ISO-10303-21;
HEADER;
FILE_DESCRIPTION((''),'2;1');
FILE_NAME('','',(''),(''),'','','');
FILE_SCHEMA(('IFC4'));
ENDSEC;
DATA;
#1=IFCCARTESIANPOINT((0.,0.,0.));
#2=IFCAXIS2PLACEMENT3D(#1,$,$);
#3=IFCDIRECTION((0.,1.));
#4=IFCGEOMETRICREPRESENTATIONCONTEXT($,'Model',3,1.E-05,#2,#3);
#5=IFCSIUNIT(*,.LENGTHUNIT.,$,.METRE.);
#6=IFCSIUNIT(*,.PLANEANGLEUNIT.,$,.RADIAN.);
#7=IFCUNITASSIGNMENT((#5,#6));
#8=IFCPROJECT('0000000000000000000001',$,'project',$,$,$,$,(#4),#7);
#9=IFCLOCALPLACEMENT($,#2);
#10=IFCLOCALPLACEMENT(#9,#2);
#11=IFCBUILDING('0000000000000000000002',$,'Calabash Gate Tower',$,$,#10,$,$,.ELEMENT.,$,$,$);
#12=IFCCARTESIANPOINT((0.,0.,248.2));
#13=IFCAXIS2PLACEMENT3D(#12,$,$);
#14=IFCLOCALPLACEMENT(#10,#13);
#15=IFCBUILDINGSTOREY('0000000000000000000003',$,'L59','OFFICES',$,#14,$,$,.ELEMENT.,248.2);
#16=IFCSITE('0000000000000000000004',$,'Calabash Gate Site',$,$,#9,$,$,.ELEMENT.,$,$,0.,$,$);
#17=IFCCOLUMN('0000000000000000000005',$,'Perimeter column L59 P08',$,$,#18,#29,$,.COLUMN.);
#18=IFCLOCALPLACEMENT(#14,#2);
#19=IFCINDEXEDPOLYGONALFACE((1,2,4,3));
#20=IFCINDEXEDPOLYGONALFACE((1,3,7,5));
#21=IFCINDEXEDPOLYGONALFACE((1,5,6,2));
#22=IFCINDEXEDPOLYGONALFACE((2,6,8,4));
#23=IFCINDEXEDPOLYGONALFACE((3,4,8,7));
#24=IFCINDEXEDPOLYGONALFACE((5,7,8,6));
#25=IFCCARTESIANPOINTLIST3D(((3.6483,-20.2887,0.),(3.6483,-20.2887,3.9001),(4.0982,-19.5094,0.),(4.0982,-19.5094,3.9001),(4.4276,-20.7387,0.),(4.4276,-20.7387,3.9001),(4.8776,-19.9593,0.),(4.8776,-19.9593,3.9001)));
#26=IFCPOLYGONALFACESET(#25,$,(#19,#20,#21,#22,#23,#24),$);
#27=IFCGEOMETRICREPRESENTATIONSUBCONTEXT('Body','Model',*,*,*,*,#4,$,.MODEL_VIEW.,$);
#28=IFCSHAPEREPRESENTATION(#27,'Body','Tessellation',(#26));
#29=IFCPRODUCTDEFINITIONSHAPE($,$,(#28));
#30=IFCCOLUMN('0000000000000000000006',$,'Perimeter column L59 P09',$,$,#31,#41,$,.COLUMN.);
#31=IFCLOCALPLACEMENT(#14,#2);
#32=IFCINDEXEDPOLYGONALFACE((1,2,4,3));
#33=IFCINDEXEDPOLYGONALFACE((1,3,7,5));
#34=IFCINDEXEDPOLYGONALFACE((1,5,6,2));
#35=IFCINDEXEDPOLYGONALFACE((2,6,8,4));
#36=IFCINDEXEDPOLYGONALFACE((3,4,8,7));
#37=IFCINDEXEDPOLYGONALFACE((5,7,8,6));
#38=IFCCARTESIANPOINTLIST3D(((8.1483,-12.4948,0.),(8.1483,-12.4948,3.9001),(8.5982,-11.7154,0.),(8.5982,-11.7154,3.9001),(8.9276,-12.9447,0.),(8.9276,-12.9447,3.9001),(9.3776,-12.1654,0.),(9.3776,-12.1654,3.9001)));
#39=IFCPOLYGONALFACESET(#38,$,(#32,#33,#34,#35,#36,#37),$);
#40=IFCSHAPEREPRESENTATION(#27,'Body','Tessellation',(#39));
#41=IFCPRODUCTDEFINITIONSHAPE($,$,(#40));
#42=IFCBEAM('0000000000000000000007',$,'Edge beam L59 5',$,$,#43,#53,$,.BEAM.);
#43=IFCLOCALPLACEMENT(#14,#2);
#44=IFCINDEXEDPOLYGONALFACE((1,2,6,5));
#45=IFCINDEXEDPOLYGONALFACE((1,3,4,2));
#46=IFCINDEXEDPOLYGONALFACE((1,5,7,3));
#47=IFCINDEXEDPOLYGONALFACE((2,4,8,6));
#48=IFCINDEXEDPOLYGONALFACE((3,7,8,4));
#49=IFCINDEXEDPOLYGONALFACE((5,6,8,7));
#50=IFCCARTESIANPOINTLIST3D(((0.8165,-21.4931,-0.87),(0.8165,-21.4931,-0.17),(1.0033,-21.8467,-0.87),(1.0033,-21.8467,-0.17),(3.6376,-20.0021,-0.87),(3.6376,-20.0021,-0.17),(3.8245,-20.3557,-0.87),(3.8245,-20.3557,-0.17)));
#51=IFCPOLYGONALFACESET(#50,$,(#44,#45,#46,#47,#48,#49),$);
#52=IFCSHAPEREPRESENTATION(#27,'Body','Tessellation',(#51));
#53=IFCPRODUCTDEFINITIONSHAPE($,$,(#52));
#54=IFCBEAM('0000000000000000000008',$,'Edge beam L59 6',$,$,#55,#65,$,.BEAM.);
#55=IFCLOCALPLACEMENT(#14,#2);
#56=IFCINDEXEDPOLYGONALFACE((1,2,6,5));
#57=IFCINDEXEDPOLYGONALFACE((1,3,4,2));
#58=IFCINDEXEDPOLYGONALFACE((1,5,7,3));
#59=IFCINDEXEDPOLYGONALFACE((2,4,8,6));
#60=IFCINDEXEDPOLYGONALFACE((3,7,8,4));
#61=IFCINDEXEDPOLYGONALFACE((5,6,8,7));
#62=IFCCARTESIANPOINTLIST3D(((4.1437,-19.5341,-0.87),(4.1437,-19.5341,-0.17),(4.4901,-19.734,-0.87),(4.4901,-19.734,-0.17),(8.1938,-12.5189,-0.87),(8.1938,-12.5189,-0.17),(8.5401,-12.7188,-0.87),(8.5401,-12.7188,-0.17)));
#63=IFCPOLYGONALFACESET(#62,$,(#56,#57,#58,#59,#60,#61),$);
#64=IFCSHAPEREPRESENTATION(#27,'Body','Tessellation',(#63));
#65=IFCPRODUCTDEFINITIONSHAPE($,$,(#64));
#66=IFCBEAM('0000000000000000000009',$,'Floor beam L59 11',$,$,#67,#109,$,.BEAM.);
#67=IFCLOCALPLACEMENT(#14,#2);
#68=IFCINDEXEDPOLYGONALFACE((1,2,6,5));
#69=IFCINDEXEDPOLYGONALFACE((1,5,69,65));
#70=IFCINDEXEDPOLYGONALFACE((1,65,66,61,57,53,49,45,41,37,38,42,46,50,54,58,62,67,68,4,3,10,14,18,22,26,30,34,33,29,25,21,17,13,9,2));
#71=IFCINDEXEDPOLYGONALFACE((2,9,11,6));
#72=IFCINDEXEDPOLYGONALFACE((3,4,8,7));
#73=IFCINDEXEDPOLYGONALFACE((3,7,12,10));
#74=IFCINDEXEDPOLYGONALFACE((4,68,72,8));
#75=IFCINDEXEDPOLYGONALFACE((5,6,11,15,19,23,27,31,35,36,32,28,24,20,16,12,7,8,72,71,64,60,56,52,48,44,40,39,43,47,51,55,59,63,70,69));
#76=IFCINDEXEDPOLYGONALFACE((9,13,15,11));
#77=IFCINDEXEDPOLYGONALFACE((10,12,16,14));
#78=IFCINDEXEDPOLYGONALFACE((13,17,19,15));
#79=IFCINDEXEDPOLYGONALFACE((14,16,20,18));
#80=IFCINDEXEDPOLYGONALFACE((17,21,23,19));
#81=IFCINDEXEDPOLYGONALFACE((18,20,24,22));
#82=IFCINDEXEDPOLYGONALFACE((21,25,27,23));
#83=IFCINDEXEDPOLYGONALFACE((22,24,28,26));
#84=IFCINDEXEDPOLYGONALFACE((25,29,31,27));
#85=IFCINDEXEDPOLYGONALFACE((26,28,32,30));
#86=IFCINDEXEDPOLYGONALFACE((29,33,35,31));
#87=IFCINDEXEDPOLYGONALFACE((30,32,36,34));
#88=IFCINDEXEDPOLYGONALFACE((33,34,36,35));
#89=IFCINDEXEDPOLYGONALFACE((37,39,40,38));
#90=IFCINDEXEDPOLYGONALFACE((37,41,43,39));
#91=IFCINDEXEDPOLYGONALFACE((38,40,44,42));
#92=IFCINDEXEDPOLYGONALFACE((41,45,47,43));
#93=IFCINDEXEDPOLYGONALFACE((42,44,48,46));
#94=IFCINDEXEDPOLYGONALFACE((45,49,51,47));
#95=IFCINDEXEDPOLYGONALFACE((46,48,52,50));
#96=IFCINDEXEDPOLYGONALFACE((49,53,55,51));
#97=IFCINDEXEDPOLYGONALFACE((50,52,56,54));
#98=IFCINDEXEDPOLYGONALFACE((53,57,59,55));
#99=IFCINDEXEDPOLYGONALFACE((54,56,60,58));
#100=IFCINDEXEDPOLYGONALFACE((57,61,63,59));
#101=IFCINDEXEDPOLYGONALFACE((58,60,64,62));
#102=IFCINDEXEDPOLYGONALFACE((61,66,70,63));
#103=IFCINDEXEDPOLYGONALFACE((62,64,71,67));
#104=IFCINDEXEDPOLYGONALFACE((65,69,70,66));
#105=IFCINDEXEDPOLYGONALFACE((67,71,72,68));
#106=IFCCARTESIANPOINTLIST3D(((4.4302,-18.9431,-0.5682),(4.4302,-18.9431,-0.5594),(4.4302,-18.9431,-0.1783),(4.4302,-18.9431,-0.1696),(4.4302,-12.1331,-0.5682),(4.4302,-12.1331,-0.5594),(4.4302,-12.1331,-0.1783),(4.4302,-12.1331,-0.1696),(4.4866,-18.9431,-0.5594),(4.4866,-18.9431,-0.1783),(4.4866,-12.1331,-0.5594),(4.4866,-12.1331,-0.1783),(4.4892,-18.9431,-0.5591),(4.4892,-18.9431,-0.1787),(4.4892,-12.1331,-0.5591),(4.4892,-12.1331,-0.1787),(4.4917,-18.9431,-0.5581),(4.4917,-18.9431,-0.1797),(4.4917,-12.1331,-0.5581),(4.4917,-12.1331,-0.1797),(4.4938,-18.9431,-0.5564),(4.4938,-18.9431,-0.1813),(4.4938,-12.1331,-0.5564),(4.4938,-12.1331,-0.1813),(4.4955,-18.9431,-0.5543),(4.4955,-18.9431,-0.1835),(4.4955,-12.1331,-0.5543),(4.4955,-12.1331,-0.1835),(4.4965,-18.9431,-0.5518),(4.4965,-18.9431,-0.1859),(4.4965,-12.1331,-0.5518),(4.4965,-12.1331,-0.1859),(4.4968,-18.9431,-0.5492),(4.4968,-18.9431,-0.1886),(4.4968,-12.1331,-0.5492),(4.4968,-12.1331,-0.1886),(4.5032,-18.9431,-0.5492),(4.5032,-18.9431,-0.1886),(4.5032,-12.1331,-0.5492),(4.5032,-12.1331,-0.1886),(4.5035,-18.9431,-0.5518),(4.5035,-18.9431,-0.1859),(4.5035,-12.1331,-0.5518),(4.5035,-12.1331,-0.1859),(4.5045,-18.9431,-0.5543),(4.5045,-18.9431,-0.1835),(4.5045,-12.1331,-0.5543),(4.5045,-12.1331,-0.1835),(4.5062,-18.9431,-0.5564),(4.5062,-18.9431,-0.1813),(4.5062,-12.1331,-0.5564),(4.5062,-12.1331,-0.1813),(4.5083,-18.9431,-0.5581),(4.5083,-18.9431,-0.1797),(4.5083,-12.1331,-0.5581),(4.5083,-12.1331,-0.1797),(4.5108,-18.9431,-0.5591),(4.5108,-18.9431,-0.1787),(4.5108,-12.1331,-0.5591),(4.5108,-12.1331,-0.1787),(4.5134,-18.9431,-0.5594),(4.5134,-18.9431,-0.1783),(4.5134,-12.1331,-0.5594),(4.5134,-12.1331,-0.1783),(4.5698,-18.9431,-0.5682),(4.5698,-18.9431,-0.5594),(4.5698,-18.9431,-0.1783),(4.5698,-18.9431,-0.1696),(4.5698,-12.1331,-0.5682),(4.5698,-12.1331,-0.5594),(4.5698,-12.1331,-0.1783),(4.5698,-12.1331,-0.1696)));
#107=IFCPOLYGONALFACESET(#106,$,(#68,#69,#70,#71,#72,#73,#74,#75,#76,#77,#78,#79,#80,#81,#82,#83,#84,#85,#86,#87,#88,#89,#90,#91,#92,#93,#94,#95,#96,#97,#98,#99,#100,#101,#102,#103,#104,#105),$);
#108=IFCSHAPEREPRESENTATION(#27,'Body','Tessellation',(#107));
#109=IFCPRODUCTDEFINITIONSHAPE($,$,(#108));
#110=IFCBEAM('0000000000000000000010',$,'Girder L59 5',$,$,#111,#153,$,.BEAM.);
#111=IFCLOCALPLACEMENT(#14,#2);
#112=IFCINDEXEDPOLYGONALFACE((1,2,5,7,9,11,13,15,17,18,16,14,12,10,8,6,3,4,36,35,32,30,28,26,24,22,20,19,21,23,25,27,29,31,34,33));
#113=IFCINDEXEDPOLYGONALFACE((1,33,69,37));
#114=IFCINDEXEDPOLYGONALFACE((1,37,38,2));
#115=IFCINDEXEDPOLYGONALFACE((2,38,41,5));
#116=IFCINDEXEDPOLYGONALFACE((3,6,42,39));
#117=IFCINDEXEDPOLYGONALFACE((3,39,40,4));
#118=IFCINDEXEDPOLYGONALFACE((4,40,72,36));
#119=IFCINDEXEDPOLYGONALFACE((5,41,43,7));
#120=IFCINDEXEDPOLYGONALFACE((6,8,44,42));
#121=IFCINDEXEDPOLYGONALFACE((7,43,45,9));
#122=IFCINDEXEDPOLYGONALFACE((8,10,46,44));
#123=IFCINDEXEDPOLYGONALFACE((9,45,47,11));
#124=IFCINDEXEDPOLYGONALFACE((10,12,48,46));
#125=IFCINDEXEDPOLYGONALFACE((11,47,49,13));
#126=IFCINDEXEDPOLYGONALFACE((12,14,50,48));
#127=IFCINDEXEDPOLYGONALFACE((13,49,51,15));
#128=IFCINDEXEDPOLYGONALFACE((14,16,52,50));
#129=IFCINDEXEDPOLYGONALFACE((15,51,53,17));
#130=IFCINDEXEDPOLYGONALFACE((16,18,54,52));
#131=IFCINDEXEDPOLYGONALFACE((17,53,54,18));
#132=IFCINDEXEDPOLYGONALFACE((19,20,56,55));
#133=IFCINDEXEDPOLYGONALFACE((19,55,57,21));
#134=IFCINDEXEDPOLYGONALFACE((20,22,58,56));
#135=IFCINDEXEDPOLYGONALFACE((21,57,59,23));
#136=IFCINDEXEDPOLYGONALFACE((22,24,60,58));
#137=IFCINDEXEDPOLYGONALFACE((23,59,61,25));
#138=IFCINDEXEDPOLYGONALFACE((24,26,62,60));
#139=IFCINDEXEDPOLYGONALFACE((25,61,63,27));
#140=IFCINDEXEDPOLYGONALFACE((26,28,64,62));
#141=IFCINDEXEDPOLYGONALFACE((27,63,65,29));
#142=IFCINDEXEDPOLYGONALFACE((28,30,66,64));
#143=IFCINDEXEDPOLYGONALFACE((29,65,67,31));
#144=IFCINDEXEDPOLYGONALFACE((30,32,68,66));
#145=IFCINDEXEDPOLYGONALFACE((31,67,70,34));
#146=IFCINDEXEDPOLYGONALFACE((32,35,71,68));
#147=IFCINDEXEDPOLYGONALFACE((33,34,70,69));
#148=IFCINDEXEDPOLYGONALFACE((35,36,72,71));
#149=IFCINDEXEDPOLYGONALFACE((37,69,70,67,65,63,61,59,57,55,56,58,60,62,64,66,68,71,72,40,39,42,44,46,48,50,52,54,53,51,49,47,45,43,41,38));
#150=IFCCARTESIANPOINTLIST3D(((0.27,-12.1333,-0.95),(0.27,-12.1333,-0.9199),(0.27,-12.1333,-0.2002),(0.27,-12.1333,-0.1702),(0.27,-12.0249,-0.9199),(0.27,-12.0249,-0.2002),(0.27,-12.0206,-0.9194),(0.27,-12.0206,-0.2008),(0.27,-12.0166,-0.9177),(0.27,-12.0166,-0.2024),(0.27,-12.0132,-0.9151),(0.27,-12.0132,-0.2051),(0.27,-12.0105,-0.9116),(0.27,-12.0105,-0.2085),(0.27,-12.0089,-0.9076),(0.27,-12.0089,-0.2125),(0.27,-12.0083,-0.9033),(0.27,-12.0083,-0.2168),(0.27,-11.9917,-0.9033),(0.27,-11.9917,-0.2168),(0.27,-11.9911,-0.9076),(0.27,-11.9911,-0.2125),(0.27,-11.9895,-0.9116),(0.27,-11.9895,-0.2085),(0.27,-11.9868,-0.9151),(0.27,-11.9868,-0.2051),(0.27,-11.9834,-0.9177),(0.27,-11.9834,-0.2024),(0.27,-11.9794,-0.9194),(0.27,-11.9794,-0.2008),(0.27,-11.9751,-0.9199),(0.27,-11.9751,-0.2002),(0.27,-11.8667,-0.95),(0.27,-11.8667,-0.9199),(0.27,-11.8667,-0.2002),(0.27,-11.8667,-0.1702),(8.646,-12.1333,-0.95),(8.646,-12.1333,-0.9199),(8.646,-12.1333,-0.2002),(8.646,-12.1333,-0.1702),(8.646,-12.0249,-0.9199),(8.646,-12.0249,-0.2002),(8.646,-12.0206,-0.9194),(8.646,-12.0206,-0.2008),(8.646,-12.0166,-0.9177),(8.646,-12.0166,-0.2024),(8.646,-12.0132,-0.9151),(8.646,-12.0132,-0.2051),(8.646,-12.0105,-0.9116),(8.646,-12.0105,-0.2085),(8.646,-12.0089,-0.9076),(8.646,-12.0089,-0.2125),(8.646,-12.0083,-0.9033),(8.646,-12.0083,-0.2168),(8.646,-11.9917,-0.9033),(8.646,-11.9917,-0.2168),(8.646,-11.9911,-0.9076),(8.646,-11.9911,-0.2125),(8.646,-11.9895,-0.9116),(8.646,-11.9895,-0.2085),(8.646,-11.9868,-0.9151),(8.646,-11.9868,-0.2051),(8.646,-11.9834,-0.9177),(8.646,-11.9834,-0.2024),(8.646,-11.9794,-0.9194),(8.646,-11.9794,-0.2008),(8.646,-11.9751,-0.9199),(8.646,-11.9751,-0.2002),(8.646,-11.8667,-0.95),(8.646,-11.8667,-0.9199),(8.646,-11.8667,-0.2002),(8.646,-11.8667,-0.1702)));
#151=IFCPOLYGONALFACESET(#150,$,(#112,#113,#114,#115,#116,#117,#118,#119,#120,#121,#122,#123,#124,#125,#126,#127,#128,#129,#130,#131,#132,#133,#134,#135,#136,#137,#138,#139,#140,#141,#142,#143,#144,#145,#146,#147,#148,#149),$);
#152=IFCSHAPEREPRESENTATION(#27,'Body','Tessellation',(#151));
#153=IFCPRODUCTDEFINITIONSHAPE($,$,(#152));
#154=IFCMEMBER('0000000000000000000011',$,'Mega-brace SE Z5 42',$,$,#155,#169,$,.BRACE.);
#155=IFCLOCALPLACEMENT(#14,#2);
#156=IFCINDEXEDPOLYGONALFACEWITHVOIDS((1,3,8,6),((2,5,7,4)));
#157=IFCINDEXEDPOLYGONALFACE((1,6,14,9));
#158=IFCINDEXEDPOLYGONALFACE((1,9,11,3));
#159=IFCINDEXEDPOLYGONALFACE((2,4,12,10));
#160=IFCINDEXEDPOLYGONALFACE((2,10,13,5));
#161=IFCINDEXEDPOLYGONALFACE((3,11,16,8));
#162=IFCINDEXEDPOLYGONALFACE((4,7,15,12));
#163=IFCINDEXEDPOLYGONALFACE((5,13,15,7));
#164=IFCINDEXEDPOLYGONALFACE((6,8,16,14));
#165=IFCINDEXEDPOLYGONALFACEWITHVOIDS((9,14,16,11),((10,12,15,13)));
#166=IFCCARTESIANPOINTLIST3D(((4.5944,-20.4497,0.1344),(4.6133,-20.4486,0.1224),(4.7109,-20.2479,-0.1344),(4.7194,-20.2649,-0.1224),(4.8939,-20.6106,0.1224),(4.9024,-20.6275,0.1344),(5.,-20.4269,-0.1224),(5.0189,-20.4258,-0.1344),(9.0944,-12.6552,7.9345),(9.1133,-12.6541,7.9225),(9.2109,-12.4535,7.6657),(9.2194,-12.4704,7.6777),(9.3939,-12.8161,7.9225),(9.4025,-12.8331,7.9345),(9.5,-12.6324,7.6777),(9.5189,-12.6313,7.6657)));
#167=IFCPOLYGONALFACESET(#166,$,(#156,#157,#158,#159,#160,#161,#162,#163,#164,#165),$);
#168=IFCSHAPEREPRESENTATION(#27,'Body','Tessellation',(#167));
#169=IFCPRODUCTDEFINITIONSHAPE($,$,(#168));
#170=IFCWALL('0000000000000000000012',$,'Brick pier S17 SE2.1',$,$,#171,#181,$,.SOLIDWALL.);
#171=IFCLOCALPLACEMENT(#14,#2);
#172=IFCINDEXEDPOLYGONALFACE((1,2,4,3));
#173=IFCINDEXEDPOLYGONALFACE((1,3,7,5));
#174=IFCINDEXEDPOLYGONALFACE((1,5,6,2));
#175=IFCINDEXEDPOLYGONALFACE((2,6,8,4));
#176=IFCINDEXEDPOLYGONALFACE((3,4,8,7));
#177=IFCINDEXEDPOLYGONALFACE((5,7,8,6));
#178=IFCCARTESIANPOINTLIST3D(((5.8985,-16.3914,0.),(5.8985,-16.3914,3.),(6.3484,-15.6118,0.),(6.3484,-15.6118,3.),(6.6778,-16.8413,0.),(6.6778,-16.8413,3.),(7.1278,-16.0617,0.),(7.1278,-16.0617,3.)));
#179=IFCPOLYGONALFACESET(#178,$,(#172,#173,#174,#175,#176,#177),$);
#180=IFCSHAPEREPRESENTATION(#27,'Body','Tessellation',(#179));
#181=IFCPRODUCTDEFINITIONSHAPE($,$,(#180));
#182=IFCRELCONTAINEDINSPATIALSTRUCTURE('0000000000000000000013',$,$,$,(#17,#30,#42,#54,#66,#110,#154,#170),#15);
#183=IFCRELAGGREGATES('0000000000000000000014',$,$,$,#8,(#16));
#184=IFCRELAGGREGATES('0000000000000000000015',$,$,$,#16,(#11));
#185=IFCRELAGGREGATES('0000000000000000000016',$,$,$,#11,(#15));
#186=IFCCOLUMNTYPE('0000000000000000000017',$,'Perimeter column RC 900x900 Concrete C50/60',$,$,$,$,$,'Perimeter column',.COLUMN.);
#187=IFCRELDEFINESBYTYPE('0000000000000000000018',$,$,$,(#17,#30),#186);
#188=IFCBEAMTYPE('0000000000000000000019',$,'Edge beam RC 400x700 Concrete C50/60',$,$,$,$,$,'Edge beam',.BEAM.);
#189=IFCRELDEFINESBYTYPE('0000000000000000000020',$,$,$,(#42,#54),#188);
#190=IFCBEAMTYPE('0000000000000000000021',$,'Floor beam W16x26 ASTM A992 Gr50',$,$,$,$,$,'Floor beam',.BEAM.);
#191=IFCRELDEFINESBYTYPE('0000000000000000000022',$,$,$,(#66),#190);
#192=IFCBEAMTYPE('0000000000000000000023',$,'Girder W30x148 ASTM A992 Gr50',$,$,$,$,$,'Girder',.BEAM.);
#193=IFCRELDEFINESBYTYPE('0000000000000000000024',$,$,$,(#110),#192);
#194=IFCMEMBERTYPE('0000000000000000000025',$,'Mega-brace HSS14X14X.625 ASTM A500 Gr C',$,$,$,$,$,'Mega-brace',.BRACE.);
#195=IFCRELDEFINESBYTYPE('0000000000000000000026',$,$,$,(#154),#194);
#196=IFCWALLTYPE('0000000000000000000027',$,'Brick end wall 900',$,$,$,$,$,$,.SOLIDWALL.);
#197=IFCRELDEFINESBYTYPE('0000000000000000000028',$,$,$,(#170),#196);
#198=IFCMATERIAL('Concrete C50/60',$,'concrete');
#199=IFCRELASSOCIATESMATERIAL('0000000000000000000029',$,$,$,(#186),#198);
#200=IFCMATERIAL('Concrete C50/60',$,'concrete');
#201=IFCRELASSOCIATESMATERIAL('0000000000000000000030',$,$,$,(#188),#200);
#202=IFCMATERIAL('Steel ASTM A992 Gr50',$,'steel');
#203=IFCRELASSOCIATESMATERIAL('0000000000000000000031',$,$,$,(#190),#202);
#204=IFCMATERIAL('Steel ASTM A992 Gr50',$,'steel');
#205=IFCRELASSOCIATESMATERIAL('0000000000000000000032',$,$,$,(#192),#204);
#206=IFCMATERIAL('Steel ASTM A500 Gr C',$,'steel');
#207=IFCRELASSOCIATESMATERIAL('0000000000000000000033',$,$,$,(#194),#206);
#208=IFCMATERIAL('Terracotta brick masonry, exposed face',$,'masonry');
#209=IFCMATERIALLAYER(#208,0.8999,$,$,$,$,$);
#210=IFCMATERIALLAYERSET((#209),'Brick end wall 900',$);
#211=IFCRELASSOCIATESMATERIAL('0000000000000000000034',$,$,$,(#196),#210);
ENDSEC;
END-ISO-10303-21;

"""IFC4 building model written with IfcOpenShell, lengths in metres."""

from ifc_helpers import new_model, si_unit, direction, frame, frame_2d, origin, origin_2d, place, context, subcontext, project, spatial, rectangle, hollow_rectangle, i_section, extrude, material, layer, layer_set, material_profile, profile_set, type_object, element, save


model = new_model("IFC4")

# Units and contexts
model_context = context("Model", 3, precision=1e-05, world=origin(), true_north=direction((0.0, 1.0)))
body_context = subcontext(model_context, "Body", "Model", "MODEL_VIEW")
ifc_project = project(units=[si_unit("LENGTHUNIT", "METRE"), si_unit("PLANEANGLEUNIT", "RADIAN")], contexts=[model_context])

# Site, building, storey
site_placement = place(None, origin())
site = spatial("IfcSite", under=ifc_project, at=site_placement, Name="Calabash Gate Site", CompositionType="ELEMENT", RefElevation=0.0)
building_placement = place(site_placement, origin())
building = spatial("IfcBuilding", under=site, at=building_placement, Name="Calabash Gate Tower", CompositionType="ELEMENT")
storey_placement = place(building_placement, frame((0.0, 0.0, 248.2)))
storey = spatial("IfcBuildingStorey", under=building, at=storey_placement, Name="L59", Description="OFFICES", CompositionType="ELEMENT", Elevation=248.2)

# Columns
ifc_material_1 = material(Name="Concrete C50/60", Category="concrete")
ifc_material_profile_1 = material_profile(ifc_material_1, rectangle(XDim=0.8999, YDim=0.8999, at=origin_2d()))
ifc_profile_set_1 = profile_set([ifc_material_profile_1], Name="Concrete C50/60")
column_type = type_object("IfcColumnType", Name="Perimeter column RC 900x900 Concrete C50/60", ElementType="Perimeter column", PredefinedType="COLUMN", material=ifc_profile_set_1)
for number, where, z_axis, x_axis, name in (
    (1, (4.2629, -20.124, 0.0), (0.0, 0.0, 1.0), (0.5, 0.866025, 0.0), "Perimeter column L59 P08"),
    (2, (8.7629, -12.3301, 0.0), (0.0, 0.0, 1.0), (0.5, 0.866025, 0.0), "Perimeter column L59 P09"),
):
    element("IfcColumn", number, at=place(storey_placement, frame(where, z_axis=z_axis, x_axis=x_axis)), inside=storey, type_object=column_type, Name=name, PredefinedType="COLUMN", context=body_context, shape_type="SweptSolid", body=[
        extrude(rectangle(XDim=0.8999, YDim=0.8999, at=origin_2d()), origin(), (0.0, 0.0, 1.0), 3.9001),
    ])

# Beams
ifc_material_2 = material(Name="Concrete C50/60", Category="concrete")
ifc_material_profile_2 = material_profile(ifc_material_2, rectangle(XDim=0.3999, YDim=0.7, at=origin_2d()))
ifc_profile_set_2 = profile_set([ifc_material_profile_2], Name="Concrete C50/60")
beam_type_1 = type_object("IfcBeamType", Name="Edge beam RC 400x700 Concrete C50/60", ElementType="Edge beam", PredefinedType="BEAM", material=ifc_profile_set_2)
beam_1_placement = place(storey_placement, frame((0.9099, -21.6699, -0.52), z_axis=(0.884115, 0.467269, 0.0), x_axis=(-0.467269, 0.884115, 0.0)))
element("IfcBeam", 3, at=beam_1_placement, inside=storey, type_object=beam_type_1, Name="Edge beam L59 5", PredefinedType="BEAM", context=body_context, shape_type="SweptSolid", body=[
    extrude(rectangle(XDim=0.3999, YDim=0.7, at=origin_2d()), origin(), (0.0, 0.0, 1.0), 3.1909),
])
beam_2_placement = place(storey_placement, frame((4.3169, -19.634, -0.52), z_axis=(0.499987, 0.866033, 0.0), x_axis=(-0.866033, 0.499987, 0.0)))
element("IfcBeam", 4, at=beam_2_placement, inside=storey, type_object=beam_type_1, Name="Edge beam L59 6", PredefinedType="BEAM", context=body_context, shape_type="SweptSolid", body=[
    extrude(rectangle(XDim=0.3999, YDim=0.7, at=origin_2d()), origin(), (0.0, 0.0, 1.0), 8.1003),
])
ifc_material_3 = material(Name="Steel ASTM A992 Gr50", Category="steel")
ifc_material_profile_3 = material_profile(ifc_material_3, i_section(OverallWidth=0.1396, OverallDepth=0.3987, WebThickness=0.0063, FlangeThickness=0.0088, FilletRadius=0.0103, at=origin_2d()))
ifc_profile_set_3 = profile_set([ifc_material_profile_3], Name="Steel ASTM A992 Gr50")
beam_type_2 = type_object("IfcBeamType", Name="Floor beam W16x26 ASTM A992 Gr50", ElementType="Floor beam", PredefinedType="BEAM", material=ifc_profile_set_3)
beam_3_placement = place(storey_placement, frame((4.5, -18.9431, -0.3689), z_axis=(0.0, 1.0, 0.0), x_axis=(-1.0, 0.0, 0.0)))
element("IfcBeam", 5, at=beam_3_placement, inside=storey, type_object=beam_type_2, Name="Floor beam L59 11", PredefinedType="BEAM", context=body_context, shape_type="SweptSolid", body=[
    extrude(i_section(OverallWidth=0.1396, OverallDepth=0.3987, WebThickness=0.0063, FlangeThickness=0.0088, FilletRadius=0.0103, at=origin_2d()), origin(), (0.0, 0.0, 1.0), 6.8101),
])
ifc_material_4 = material(Name="Steel ASTM A992 Gr50", Category="steel")
ifc_material_profile_4 = material_profile(ifc_material_4, i_section(OverallWidth=0.2666, OverallDepth=0.7798, WebThickness=0.0166, FlangeThickness=0.03, FilletRadius=0.0166, at=origin_2d()))
ifc_profile_set_4 = profile_set([ifc_material_profile_4], Name="Steel ASTM A992 Gr50")
beam_type_3 = type_object("IfcBeamType", Name="Girder W30x148 ASTM A992 Gr50", ElementType="Girder", PredefinedType="BEAM", material=ifc_profile_set_4)
beam_4_placement = place(storey_placement, frame((0.27, -12.0, -0.5601), z_axis=(1.0, 0.0, 0.0), x_axis=(0.0, 1.0, 0.0)))
element("IfcBeam", 6, at=beam_4_placement, inside=storey, type_object=beam_type_3, Name="Girder L59 5", PredefinedType="BEAM", context=body_context, shape_type="SweptSolid", body=[
    extrude(i_section(OverallWidth=0.2666, OverallDepth=0.7798, WebThickness=0.0166, FlangeThickness=0.03, FilletRadius=0.0166, at=origin_2d()), origin(), (0.0, 0.0, 1.0), 8.376),
])

# Member
ifc_material_5 = material(Name="Steel ASTM A500 Gr C", Category="steel")
ifc_material_profile_5 = material_profile(ifc_material_5, hollow_rectangle(XDim=0.3557, YDim=0.3557, WallThickness=0.0159, at=origin_2d()))
ifc_profile_set_5 = profile_set([ifc_material_profile_5], Name="Steel ASTM A500 Gr C")
member_type = type_object("IfcMemberType", Name="Mega-brace HSS14X14X.625 ASTM A500 Gr C", ElementType="Mega-brace", PredefinedType="BRACE", material=ifc_profile_set_5)
member_placement = place(storey_placement, frame((4.8066, -20.4377, 0.0), z_axis=(0.377839, 0.654454, 0.654926), x_axis=(-0.866031, 0.49999, 0.0)))
element("IfcMember", 7, at=member_placement, inside=storey, type_object=member_type, Name="Mega-brace SE Z5 42", PredefinedType="BRACE", context=body_context, shape_type="SweptSolid", body=[
    extrude(hollow_rectangle(XDim=0.3557, YDim=0.3557, WallThickness=0.0159, at=origin_2d()), origin(), (0.0, 0.0, 1.0), 11.9099),
])

# Wall
ifc_material_6 = material(Name="Terracotta brick masonry, exposed face", Category="masonry")
ifc_layer_1 = layer(ifc_material_6, 0.8999)
ifc_layer_set_1 = layer_set([ifc_layer_1], Name="Brick end wall 900")
wall_type_1 = type_object("IfcWallType", Name="Brick end wall 900", PredefinedType="SOLIDWALL", material=ifc_layer_set_1)
wall_1_placement = place(storey_placement, frame((6.2881, -16.6165, 0.0), z_axis=(0.0, 0.0, 1.0), x_axis=(0.499902, 0.866082, 0.0)))
element("IfcWall", 8, at=wall_1_placement, inside=storey, type_object=wall_type_1, Name="Brick pier S17 SE2.1", PredefinedType="SOLIDWALL", context=body_context, shape_type="SweptSolid", body=[
    extrude(rectangle(XDim=0.9001, YDim=0.8999, at=frame_2d((0.4502, 0.0))), origin(), (0.0, 0.0, 1.0), 3.0),
])

save(model, "model.ifc")
